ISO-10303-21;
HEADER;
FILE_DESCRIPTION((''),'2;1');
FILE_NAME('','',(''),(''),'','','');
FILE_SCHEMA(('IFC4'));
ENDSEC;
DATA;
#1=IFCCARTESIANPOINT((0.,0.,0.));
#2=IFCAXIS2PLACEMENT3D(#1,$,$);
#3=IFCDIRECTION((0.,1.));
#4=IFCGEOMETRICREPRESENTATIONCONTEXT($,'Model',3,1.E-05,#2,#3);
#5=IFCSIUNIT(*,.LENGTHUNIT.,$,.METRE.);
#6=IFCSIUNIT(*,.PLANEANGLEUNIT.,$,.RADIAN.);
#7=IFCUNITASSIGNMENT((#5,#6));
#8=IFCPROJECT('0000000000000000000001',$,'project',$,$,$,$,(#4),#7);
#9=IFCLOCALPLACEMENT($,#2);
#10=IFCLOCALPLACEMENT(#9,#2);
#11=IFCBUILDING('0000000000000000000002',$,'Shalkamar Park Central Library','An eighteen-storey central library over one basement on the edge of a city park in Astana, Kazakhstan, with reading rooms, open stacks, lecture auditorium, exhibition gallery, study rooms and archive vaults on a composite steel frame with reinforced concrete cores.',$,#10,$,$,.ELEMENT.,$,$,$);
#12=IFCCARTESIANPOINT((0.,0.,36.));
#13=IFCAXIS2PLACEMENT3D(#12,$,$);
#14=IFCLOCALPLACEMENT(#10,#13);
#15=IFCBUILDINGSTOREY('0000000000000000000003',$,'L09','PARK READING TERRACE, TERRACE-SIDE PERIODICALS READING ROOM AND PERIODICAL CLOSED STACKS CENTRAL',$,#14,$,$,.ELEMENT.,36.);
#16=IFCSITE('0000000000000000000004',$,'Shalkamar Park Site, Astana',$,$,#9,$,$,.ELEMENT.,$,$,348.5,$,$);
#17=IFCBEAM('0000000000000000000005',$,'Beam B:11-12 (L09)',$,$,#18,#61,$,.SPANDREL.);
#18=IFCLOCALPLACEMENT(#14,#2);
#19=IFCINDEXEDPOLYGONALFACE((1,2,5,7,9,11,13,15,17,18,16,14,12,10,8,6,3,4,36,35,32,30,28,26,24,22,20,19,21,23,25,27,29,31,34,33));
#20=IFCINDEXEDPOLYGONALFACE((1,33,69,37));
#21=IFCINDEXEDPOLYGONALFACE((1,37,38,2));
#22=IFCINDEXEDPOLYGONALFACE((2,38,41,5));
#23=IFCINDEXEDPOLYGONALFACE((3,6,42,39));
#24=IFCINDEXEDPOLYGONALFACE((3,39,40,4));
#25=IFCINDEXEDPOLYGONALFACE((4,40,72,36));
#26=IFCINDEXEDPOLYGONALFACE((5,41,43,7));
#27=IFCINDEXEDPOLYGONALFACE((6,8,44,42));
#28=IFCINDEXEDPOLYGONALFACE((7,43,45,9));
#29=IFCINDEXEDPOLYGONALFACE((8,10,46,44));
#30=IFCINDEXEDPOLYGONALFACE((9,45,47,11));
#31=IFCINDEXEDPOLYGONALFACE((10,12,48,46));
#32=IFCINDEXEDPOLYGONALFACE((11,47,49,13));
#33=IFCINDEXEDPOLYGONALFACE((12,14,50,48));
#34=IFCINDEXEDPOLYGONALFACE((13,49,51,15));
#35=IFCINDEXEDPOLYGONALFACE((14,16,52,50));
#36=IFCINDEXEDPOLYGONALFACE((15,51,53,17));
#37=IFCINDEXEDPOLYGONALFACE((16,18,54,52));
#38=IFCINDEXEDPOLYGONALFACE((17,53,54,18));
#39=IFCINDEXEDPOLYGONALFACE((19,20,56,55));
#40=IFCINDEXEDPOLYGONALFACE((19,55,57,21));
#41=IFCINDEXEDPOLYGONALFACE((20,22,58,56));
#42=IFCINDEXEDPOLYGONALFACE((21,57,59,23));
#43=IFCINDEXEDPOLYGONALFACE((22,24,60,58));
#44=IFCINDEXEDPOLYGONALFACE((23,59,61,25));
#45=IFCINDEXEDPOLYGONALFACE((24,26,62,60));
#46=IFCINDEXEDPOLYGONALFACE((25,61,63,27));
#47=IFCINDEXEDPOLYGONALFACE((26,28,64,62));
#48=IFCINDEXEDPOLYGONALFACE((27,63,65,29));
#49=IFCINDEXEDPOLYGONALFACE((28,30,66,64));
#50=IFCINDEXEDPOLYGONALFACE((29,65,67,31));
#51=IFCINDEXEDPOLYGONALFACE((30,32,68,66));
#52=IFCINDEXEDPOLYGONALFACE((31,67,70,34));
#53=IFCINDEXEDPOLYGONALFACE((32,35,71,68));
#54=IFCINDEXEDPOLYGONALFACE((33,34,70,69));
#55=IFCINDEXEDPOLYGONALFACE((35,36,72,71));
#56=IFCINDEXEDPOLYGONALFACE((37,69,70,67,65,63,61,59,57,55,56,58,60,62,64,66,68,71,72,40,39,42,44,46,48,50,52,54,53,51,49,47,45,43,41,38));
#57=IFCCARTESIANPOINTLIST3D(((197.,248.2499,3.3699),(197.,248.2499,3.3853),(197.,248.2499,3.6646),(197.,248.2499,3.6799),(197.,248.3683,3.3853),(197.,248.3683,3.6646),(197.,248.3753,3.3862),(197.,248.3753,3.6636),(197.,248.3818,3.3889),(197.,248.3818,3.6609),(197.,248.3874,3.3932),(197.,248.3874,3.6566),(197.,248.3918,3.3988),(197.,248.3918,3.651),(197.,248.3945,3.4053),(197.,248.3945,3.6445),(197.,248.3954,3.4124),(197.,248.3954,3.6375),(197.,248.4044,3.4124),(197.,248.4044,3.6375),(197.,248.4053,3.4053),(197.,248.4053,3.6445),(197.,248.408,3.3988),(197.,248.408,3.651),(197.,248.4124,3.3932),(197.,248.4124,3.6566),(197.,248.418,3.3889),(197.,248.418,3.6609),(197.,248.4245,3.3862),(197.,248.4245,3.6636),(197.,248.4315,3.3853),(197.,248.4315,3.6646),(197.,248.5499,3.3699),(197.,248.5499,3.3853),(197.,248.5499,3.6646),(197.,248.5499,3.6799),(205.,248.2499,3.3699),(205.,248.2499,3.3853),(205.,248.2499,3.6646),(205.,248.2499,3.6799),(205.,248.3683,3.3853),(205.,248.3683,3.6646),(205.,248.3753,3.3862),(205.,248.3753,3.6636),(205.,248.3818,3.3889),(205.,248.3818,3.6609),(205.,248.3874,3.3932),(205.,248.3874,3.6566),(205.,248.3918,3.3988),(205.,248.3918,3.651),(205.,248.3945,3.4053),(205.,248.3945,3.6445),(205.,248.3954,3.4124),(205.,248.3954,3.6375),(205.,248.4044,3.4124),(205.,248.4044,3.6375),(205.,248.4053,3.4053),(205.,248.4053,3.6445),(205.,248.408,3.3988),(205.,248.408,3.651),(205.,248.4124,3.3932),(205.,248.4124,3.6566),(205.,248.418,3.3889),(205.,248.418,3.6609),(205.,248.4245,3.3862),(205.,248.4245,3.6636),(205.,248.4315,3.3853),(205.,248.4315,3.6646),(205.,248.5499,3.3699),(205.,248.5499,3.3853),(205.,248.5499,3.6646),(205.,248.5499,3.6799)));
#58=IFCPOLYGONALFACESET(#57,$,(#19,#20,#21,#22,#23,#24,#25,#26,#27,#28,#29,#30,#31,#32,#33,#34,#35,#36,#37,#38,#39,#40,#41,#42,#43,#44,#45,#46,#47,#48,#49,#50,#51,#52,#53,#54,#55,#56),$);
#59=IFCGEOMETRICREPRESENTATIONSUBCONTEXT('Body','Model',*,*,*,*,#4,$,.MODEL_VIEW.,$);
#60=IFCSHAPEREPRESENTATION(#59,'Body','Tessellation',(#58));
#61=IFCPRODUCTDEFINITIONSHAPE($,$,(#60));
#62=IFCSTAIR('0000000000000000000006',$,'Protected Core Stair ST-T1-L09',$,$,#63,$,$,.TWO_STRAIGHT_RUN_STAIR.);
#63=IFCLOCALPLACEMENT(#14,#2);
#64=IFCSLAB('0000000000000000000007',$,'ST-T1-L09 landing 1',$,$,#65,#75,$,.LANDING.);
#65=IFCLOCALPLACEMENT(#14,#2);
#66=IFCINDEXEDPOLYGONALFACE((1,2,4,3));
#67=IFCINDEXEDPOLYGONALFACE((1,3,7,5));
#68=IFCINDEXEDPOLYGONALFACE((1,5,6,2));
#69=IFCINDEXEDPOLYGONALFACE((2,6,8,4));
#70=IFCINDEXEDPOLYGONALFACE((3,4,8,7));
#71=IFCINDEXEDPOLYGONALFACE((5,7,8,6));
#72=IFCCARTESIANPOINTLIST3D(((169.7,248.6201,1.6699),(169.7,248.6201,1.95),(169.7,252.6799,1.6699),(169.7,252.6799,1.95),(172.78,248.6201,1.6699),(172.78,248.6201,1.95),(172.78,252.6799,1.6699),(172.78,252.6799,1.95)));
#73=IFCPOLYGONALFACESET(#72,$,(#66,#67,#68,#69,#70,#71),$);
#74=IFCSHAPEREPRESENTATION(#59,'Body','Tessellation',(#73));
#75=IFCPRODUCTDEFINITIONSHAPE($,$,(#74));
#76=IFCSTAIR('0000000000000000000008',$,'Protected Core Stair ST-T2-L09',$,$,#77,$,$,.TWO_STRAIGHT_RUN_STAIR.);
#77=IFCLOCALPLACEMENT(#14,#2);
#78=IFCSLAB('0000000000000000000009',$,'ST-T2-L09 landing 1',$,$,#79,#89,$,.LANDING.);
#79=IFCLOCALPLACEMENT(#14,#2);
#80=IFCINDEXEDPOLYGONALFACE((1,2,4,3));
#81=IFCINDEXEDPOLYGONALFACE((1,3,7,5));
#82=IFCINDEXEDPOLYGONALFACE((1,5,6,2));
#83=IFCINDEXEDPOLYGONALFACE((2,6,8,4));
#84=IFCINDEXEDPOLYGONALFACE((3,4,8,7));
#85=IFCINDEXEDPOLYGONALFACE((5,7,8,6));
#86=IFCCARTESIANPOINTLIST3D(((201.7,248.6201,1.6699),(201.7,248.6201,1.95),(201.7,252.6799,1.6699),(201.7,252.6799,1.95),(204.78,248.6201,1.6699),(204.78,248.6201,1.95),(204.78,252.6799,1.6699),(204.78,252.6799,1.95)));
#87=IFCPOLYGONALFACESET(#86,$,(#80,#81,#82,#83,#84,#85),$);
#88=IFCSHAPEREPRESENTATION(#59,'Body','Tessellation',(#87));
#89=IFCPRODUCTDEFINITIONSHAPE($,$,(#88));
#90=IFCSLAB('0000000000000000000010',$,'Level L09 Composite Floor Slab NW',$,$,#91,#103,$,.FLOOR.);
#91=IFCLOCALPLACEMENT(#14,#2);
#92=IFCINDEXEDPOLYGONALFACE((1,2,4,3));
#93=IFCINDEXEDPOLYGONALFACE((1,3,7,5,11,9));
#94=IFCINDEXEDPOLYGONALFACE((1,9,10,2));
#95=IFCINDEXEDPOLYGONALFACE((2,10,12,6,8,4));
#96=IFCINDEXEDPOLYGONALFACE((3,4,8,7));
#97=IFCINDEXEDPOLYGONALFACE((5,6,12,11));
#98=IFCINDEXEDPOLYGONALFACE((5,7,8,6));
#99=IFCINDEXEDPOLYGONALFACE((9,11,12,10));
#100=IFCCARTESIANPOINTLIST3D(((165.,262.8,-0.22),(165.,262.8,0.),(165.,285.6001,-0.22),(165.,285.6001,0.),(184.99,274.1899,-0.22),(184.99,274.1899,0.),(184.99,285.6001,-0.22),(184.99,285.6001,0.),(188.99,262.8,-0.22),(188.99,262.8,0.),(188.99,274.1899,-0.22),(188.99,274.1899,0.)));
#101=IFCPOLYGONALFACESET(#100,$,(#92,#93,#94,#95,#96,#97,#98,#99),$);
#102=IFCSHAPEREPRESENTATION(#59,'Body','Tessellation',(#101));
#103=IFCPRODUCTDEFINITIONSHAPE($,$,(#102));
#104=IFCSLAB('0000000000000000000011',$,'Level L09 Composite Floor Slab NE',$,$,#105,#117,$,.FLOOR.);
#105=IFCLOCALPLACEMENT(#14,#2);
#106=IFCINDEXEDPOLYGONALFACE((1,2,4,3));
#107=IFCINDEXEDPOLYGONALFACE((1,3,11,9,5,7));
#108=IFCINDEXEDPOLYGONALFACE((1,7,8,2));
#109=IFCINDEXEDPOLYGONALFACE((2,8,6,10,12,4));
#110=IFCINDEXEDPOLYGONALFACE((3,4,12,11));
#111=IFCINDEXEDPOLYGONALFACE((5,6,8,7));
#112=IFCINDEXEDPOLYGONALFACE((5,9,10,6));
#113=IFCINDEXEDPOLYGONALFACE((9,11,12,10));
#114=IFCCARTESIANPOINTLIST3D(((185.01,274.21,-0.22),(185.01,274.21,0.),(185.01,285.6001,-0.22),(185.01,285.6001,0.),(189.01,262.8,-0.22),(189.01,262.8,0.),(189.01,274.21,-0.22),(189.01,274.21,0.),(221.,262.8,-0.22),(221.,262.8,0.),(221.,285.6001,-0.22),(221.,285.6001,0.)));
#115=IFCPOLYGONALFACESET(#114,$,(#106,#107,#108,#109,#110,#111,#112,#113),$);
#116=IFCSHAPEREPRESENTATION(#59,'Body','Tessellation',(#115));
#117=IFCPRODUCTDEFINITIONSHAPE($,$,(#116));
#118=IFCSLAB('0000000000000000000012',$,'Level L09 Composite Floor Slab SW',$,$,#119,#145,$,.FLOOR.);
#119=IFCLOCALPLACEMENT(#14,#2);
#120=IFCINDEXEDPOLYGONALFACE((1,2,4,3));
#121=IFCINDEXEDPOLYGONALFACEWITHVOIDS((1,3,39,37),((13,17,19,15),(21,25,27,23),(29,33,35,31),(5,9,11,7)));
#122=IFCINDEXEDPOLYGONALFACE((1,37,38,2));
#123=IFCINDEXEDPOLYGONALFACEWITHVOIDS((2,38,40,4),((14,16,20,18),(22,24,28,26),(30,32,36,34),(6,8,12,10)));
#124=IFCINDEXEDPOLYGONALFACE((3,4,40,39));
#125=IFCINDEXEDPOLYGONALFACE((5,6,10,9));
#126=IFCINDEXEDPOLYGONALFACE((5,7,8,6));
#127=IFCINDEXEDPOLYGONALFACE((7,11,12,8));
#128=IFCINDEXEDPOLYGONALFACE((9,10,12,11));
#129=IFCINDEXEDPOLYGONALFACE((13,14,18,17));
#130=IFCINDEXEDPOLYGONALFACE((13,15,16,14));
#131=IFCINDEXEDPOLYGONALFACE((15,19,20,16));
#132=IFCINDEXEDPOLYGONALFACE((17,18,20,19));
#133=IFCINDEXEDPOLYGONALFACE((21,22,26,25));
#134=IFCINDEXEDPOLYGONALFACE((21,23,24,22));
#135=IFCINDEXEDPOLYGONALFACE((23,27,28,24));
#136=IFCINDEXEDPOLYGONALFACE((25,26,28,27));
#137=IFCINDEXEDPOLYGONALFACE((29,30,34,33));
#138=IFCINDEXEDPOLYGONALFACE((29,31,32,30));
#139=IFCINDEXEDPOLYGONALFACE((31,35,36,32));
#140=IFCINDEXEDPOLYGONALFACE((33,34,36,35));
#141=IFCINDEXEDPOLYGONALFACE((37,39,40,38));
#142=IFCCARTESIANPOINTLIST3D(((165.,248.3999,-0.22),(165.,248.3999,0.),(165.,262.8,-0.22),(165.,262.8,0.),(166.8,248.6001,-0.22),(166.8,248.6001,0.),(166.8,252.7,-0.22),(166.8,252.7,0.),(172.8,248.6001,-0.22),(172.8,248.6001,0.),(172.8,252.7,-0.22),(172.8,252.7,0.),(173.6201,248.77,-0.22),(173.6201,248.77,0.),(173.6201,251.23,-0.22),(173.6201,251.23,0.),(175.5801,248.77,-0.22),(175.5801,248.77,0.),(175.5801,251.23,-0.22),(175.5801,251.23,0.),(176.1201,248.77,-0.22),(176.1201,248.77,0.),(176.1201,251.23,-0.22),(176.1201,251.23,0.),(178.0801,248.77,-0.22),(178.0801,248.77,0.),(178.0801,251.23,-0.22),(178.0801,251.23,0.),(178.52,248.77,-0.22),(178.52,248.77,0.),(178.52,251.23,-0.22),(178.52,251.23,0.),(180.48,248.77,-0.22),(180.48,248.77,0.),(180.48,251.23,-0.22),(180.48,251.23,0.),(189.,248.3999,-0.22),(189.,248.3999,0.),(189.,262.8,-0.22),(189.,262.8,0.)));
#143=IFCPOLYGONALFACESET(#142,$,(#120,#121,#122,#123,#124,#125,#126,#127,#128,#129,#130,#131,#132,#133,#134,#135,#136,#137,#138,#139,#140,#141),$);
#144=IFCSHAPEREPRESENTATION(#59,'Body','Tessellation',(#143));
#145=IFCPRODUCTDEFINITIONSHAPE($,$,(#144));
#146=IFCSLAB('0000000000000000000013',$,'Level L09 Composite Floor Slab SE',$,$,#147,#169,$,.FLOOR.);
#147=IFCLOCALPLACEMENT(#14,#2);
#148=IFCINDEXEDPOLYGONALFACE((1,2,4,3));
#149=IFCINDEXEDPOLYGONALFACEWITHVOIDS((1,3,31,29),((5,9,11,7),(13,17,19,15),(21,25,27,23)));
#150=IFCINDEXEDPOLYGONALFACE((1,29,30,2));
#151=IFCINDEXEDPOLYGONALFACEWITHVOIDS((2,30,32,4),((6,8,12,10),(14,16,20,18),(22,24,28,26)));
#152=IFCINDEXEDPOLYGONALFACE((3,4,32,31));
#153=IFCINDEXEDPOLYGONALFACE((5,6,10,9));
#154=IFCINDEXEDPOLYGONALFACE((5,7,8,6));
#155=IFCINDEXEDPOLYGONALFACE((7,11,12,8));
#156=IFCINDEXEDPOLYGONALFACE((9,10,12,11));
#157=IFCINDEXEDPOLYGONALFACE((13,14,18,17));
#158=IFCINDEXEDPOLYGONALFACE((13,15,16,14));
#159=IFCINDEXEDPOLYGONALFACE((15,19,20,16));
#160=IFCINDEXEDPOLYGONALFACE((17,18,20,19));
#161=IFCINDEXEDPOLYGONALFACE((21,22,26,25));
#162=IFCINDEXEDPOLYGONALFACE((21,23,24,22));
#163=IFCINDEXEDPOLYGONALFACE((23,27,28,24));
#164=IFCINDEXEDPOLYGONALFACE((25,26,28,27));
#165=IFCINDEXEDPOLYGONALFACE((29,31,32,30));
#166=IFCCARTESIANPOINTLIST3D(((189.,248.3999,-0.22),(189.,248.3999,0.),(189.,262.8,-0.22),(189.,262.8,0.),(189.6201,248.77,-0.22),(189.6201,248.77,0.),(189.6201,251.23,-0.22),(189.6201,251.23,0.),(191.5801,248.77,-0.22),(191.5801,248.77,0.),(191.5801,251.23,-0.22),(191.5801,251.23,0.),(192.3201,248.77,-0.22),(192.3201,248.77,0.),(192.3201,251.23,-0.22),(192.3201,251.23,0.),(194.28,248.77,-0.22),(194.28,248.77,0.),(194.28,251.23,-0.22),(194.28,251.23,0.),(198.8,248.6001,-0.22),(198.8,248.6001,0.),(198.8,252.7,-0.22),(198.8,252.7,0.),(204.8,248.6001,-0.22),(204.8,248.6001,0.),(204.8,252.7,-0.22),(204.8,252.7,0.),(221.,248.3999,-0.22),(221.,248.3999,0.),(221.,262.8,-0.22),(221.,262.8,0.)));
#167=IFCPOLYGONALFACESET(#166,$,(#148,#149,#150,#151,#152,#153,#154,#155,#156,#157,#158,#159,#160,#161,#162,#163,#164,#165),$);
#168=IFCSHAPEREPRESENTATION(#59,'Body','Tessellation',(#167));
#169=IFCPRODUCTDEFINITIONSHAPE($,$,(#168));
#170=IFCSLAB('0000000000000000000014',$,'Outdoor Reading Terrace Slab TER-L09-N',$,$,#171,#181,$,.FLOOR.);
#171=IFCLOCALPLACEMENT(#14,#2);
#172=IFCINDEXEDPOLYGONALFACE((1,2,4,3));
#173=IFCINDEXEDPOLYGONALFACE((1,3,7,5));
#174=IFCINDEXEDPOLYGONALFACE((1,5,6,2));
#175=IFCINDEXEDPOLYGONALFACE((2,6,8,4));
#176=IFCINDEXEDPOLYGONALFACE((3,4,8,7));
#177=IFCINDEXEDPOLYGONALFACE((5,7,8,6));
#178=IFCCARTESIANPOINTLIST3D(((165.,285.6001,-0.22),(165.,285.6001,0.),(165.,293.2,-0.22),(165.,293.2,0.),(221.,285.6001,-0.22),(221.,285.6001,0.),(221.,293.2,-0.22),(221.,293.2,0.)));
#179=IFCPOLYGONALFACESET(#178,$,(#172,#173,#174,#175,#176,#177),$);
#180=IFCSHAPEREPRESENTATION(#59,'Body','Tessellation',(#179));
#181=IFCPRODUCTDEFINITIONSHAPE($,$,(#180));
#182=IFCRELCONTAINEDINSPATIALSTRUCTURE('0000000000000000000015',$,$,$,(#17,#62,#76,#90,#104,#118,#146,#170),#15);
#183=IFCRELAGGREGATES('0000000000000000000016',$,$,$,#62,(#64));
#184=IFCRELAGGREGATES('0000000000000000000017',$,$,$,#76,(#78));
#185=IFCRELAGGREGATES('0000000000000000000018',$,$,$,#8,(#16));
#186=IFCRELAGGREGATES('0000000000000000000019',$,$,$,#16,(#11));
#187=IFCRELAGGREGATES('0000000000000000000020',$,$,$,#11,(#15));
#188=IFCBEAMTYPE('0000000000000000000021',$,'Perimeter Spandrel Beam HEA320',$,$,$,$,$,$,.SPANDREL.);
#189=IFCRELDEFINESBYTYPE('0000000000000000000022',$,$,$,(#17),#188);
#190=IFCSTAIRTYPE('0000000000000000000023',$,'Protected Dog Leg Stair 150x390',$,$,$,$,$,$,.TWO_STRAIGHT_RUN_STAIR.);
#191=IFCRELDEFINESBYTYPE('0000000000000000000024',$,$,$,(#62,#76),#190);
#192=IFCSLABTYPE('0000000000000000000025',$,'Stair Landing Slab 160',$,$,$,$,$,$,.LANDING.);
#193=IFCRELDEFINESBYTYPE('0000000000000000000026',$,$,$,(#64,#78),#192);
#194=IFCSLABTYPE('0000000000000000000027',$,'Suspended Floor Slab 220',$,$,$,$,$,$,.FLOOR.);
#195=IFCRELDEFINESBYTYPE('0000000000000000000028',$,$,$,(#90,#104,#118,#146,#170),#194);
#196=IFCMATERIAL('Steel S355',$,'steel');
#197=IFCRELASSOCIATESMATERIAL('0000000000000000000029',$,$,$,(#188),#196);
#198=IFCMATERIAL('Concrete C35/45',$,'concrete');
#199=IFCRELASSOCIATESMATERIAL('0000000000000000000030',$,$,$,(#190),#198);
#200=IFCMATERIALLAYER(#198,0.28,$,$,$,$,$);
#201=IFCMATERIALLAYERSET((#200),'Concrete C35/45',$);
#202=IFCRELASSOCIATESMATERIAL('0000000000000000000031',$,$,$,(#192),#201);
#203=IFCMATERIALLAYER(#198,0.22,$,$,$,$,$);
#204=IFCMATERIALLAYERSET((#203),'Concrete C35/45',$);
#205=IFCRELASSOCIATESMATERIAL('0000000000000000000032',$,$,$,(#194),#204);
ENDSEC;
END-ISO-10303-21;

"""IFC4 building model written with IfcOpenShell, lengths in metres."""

from ifc_helpers import new_model, si_unit, direction, frame, origin, origin_2d, place, context, subcontext, project, spatial, polyline, i_section, outline, extrude, material, layer, layer_set, material_profile, profile_set, type_object, element, aggregate, save


model = new_model("IFC4")

# Units and contexts
model_context = context("Model", 3, precision=1e-05, world=origin(), true_north=direction((0.0, 1.0)))
body_context = subcontext(model_context, "Body", "Model", "MODEL_VIEW")
ifc_project = project(units=[si_unit("LENGTHUNIT", "METRE"), si_unit("PLANEANGLEUNIT", "RADIAN")], contexts=[model_context])

# Site, building, storey
site_placement = place(None, origin())
site = spatial("IfcSite", under=ifc_project, at=site_placement, Name="Shalkamar Park Site, Astana", CompositionType="ELEMENT", RefElevation=348.5)
building_placement = place(site_placement, origin())
building = spatial("IfcBuilding", under=site, at=building_placement, Name="Shalkamar Park Central Library", Description="An eighteen-storey central library over one basement on the edge of a city park in Astana, Kazakhstan, with reading rooms, open stacks, lecture auditorium, exhibition gallery, study rooms and archive vaults on a composite steel frame with reinforced concrete cores.", CompositionType="ELEMENT")
storey_placement = place(building_placement, frame((0.0, 0.0, 36.0)))
storey = spatial("IfcBuildingStorey", under=building, at=storey_placement, Name="L09", Description="PARK READING TERRACE, TERRACE-SIDE PERIODICALS READING ROOM AND PERIODICAL CLOSED STACKS CENTRAL", CompositionType="ELEMENT", Elevation=36.0)

# Shared definitions
ifc_material_1 = material(Name="Steel S355", Category="steel")

# Beam
ifc_material_profile_1 = material_profile(ifc_material_1, i_section(OverallWidth=0.3, OverallDepth=0.3101, WebThickness=0.009, FlangeThickness=0.0154, FilletRadius=0.0271, at=origin_2d()), Name="HEA 320")
ifc_profile_set_1 = profile_set([ifc_material_profile_1], Name="Steel S355")
beam_type = type_object("IfcBeamType", Name="Perimeter Spandrel Beam HEA320", PredefinedType="SPANDREL", material=ifc_profile_set_1)
for number, where, z_axis, x_axis, name in (
    (1, (197.0, 248.3999, 3.5249), (1.0, 0.0, 0.0), (0.0, 1.0, 0.0), "Beam B:11-12 (L09)"),
):
    element("IfcBeam", number, at=place(storey_placement, frame(where, z_axis=z_axis, x_axis=x_axis)), inside=storey, type_object=beam_type, Name=name, PredefinedType="SPANDREL", context=body_context, shape_type="SweptSolid", body=[
        extrude(i_section(OverallWidth=0.3, OverallDepth=0.3101, WebThickness=0.009, FlangeThickness=0.0154, FilletRadius=0.0271, at=origin_2d()), origin(), (0.0, 0.0, 1.0), 8.0),
    ])

# Stairs, slabs
ifc_material_2 = material(Name="Concrete C35/45", Category="concrete")
stair_type = type_object("IfcStairType", Name="Protected Dog Leg Stair 150x390", PredefinedType="TWO_STRAIGHT_RUN_STAIR", material=ifc_material_2)
stair_1_placement = place(storey_placement, origin())
stair_1 = element("IfcStair", 2, at=stair_1_placement, inside=storey, type_object=stair_type, Name="Protected Core Stair ST-T1-L09", PredefinedType="TWO_STRAIGHT_RUN_STAIR")
ifc_layer_1 = layer(ifc_material_2, 0.28)
ifc_layer_set_1 = layer_set([ifc_layer_1], Name="Concrete C35/45")
slab_type_1 = type_object("IfcSlabType", Name="Stair Landing Slab 160", PredefinedType="LANDING", material=ifc_layer_set_1)
slab_1_placement = place(storey_placement, frame((0.0, 0.0, 1.6699)))
slab_1 = element("IfcSlab", 3, at=slab_1_placement, type_object=slab_type_1, Name="ST-T1-L09 landing 1", PredefinedType="LANDING", context=body_context, shape_type="SweptSolid", body=[
    extrude(outline(polyline([(169.7, 248.6201), (172.78, 248.6201), (172.78, 252.6799), (169.7, 252.6799), (169.7, 248.6201)])), origin(), (0.0, 0.0, 1.0), 0.28),
])
aggregate(stair_1, [slab_1])
stair_2_placement = place(storey_placement, origin())
stair_2 = element("IfcStair", 4, at=stair_2_placement, inside=storey, type_object=stair_type, Name="Protected Core Stair ST-T2-L09", PredefinedType="TWO_STRAIGHT_RUN_STAIR")
slab_2_placement = place(storey_placement, frame((0.0, 0.0, 1.6699)))
slab_2 = element("IfcSlab", 5, at=slab_2_placement, type_object=slab_type_1, Name="ST-T2-L09 landing 1", PredefinedType="LANDING", context=body_context, shape_type="SweptSolid", body=[
    extrude(outline(polyline([(201.7, 248.6201), (204.78, 248.6201), (204.78, 252.6799), (201.7, 252.6799), (201.7, 248.6201)])), origin(), (0.0, 0.0, 1.0), 0.28),
])
aggregate(stair_2, [slab_2])

# Slabs
ifc_layer_2 = layer(ifc_material_2, 0.22)
ifc_layer_set_2 = layer_set([ifc_layer_2], Name="Concrete C35/45")
slab_type_2 = type_object("IfcSlabType", Name="Suspended Floor Slab 220", PredefinedType="FLOOR", material=ifc_layer_set_2)
slab_3_placement = place(storey_placement, frame((0.0, 0.0, -0.22)))
element("IfcSlab", 6, at=slab_3_placement, inside=storey, type_object=slab_type_2, Name="Level L09 Composite Floor Slab NW", PredefinedType="FLOOR", context=body_context, shape_type="SweptSolid", body=[
    extrude(outline(polyline([(165.0, 262.8), (188.99, 262.8), (188.99, 274.1899), (184.99, 274.1899), (184.99, 285.6001), (165.0, 285.6001), (165.0, 262.8)])), origin(), (0.0, 0.0, 1.0), 0.22),
])
slab_4_placement = place(storey_placement, frame((0.0, 0.0, -0.22)))
element("IfcSlab", 7, at=slab_4_placement, inside=storey, type_object=slab_type_2, Name="Level L09 Composite Floor Slab NE", PredefinedType="FLOOR", context=body_context, shape_type="SweptSolid", body=[
    extrude(outline(polyline([(189.01, 262.8), (221.0, 262.8), (221.0, 285.6001), (185.01, 285.6001), (185.01, 274.21), (189.01, 274.21), (189.01, 262.8)])), origin(), (0.0, 0.0, 1.0), 0.22),
])
slab_5_placement = place(storey_placement, frame((0.0, 0.0, -0.22)))
element("IfcSlab", 8, at=slab_5_placement, inside=storey, type_object=slab_type_2, Name="Level L09 Composite Floor Slab SW", PredefinedType="FLOOR", context=body_context, shape_type="SweptSolid", body=[
    extrude(outline(polyline([(165.0, 248.3999), (165.0, 262.8), (189.0, 262.8), (189.0, 248.3999), (165.0, 248.3999)]), holes=[polyline([(173.6201, 248.77), (175.5801, 248.77), (175.5801, 251.23), (173.6201, 251.23), (173.6201, 248.77)]), polyline([(176.1201, 251.23), (176.1201, 248.77), (178.0801, 248.77), (178.0801, 251.23), (176.1201, 251.23)]), polyline([(178.52, 251.23), (178.52, 248.77), (180.48, 248.77), (180.48, 251.23), (178.52, 251.23)]), polyline([(166.8, 252.7), (166.8, 248.6001), (172.8, 248.6001), (172.8, 252.7), (166.8, 252.7)])]), origin(), (0.0, 0.0, 1.0), 0.22),
])
slab_6_placement = place(storey_placement, frame((0.0, 0.0, -0.22)))
element("IfcSlab", 9, at=slab_6_placement, inside=storey, type_object=slab_type_2, Name="Level L09 Composite Floor Slab SE", PredefinedType="FLOOR", context=body_context, shape_type="SweptSolid", body=[
    extrude(outline(polyline([(189.0, 248.3999), (189.0, 262.8), (221.0, 262.8), (221.0, 248.3999), (189.0, 248.3999)]), holes=[polyline([(189.6201, 251.23), (189.6201, 248.77), (191.5801, 248.77), (191.5801, 251.23), (189.6201, 251.23)]), polyline([(192.3201, 251.23), (192.3201, 248.77), (194.28, 248.77), (194.28, 251.23), (192.3201, 251.23)]), polyline([(198.8, 252.7), (198.8, 248.6001), (204.8, 248.6001), (204.8, 252.7), (198.8, 252.7)])]), origin(), (0.0, 0.0, 1.0), 0.22),
])
slab_7_placement = place(storey_placement, frame((0.0, 0.0, -0.22)))
element("IfcSlab", 10, at=slab_7_placement, inside=storey, type_object=slab_type_2, Name="Outdoor Reading Terrace Slab TER-L09-N", PredefinedType="FLOOR", context=body_context, shape_type="SweptSolid", body=[
    extrude(outline(polyline([(165.0, 285.6001), (221.0, 285.6001), (221.0, 293.2), (165.0, 293.2), (165.0, 285.6001)])), origin(), (0.0, 0.0, 1.0), 0.22),
])

save(model, "model.ifc")
